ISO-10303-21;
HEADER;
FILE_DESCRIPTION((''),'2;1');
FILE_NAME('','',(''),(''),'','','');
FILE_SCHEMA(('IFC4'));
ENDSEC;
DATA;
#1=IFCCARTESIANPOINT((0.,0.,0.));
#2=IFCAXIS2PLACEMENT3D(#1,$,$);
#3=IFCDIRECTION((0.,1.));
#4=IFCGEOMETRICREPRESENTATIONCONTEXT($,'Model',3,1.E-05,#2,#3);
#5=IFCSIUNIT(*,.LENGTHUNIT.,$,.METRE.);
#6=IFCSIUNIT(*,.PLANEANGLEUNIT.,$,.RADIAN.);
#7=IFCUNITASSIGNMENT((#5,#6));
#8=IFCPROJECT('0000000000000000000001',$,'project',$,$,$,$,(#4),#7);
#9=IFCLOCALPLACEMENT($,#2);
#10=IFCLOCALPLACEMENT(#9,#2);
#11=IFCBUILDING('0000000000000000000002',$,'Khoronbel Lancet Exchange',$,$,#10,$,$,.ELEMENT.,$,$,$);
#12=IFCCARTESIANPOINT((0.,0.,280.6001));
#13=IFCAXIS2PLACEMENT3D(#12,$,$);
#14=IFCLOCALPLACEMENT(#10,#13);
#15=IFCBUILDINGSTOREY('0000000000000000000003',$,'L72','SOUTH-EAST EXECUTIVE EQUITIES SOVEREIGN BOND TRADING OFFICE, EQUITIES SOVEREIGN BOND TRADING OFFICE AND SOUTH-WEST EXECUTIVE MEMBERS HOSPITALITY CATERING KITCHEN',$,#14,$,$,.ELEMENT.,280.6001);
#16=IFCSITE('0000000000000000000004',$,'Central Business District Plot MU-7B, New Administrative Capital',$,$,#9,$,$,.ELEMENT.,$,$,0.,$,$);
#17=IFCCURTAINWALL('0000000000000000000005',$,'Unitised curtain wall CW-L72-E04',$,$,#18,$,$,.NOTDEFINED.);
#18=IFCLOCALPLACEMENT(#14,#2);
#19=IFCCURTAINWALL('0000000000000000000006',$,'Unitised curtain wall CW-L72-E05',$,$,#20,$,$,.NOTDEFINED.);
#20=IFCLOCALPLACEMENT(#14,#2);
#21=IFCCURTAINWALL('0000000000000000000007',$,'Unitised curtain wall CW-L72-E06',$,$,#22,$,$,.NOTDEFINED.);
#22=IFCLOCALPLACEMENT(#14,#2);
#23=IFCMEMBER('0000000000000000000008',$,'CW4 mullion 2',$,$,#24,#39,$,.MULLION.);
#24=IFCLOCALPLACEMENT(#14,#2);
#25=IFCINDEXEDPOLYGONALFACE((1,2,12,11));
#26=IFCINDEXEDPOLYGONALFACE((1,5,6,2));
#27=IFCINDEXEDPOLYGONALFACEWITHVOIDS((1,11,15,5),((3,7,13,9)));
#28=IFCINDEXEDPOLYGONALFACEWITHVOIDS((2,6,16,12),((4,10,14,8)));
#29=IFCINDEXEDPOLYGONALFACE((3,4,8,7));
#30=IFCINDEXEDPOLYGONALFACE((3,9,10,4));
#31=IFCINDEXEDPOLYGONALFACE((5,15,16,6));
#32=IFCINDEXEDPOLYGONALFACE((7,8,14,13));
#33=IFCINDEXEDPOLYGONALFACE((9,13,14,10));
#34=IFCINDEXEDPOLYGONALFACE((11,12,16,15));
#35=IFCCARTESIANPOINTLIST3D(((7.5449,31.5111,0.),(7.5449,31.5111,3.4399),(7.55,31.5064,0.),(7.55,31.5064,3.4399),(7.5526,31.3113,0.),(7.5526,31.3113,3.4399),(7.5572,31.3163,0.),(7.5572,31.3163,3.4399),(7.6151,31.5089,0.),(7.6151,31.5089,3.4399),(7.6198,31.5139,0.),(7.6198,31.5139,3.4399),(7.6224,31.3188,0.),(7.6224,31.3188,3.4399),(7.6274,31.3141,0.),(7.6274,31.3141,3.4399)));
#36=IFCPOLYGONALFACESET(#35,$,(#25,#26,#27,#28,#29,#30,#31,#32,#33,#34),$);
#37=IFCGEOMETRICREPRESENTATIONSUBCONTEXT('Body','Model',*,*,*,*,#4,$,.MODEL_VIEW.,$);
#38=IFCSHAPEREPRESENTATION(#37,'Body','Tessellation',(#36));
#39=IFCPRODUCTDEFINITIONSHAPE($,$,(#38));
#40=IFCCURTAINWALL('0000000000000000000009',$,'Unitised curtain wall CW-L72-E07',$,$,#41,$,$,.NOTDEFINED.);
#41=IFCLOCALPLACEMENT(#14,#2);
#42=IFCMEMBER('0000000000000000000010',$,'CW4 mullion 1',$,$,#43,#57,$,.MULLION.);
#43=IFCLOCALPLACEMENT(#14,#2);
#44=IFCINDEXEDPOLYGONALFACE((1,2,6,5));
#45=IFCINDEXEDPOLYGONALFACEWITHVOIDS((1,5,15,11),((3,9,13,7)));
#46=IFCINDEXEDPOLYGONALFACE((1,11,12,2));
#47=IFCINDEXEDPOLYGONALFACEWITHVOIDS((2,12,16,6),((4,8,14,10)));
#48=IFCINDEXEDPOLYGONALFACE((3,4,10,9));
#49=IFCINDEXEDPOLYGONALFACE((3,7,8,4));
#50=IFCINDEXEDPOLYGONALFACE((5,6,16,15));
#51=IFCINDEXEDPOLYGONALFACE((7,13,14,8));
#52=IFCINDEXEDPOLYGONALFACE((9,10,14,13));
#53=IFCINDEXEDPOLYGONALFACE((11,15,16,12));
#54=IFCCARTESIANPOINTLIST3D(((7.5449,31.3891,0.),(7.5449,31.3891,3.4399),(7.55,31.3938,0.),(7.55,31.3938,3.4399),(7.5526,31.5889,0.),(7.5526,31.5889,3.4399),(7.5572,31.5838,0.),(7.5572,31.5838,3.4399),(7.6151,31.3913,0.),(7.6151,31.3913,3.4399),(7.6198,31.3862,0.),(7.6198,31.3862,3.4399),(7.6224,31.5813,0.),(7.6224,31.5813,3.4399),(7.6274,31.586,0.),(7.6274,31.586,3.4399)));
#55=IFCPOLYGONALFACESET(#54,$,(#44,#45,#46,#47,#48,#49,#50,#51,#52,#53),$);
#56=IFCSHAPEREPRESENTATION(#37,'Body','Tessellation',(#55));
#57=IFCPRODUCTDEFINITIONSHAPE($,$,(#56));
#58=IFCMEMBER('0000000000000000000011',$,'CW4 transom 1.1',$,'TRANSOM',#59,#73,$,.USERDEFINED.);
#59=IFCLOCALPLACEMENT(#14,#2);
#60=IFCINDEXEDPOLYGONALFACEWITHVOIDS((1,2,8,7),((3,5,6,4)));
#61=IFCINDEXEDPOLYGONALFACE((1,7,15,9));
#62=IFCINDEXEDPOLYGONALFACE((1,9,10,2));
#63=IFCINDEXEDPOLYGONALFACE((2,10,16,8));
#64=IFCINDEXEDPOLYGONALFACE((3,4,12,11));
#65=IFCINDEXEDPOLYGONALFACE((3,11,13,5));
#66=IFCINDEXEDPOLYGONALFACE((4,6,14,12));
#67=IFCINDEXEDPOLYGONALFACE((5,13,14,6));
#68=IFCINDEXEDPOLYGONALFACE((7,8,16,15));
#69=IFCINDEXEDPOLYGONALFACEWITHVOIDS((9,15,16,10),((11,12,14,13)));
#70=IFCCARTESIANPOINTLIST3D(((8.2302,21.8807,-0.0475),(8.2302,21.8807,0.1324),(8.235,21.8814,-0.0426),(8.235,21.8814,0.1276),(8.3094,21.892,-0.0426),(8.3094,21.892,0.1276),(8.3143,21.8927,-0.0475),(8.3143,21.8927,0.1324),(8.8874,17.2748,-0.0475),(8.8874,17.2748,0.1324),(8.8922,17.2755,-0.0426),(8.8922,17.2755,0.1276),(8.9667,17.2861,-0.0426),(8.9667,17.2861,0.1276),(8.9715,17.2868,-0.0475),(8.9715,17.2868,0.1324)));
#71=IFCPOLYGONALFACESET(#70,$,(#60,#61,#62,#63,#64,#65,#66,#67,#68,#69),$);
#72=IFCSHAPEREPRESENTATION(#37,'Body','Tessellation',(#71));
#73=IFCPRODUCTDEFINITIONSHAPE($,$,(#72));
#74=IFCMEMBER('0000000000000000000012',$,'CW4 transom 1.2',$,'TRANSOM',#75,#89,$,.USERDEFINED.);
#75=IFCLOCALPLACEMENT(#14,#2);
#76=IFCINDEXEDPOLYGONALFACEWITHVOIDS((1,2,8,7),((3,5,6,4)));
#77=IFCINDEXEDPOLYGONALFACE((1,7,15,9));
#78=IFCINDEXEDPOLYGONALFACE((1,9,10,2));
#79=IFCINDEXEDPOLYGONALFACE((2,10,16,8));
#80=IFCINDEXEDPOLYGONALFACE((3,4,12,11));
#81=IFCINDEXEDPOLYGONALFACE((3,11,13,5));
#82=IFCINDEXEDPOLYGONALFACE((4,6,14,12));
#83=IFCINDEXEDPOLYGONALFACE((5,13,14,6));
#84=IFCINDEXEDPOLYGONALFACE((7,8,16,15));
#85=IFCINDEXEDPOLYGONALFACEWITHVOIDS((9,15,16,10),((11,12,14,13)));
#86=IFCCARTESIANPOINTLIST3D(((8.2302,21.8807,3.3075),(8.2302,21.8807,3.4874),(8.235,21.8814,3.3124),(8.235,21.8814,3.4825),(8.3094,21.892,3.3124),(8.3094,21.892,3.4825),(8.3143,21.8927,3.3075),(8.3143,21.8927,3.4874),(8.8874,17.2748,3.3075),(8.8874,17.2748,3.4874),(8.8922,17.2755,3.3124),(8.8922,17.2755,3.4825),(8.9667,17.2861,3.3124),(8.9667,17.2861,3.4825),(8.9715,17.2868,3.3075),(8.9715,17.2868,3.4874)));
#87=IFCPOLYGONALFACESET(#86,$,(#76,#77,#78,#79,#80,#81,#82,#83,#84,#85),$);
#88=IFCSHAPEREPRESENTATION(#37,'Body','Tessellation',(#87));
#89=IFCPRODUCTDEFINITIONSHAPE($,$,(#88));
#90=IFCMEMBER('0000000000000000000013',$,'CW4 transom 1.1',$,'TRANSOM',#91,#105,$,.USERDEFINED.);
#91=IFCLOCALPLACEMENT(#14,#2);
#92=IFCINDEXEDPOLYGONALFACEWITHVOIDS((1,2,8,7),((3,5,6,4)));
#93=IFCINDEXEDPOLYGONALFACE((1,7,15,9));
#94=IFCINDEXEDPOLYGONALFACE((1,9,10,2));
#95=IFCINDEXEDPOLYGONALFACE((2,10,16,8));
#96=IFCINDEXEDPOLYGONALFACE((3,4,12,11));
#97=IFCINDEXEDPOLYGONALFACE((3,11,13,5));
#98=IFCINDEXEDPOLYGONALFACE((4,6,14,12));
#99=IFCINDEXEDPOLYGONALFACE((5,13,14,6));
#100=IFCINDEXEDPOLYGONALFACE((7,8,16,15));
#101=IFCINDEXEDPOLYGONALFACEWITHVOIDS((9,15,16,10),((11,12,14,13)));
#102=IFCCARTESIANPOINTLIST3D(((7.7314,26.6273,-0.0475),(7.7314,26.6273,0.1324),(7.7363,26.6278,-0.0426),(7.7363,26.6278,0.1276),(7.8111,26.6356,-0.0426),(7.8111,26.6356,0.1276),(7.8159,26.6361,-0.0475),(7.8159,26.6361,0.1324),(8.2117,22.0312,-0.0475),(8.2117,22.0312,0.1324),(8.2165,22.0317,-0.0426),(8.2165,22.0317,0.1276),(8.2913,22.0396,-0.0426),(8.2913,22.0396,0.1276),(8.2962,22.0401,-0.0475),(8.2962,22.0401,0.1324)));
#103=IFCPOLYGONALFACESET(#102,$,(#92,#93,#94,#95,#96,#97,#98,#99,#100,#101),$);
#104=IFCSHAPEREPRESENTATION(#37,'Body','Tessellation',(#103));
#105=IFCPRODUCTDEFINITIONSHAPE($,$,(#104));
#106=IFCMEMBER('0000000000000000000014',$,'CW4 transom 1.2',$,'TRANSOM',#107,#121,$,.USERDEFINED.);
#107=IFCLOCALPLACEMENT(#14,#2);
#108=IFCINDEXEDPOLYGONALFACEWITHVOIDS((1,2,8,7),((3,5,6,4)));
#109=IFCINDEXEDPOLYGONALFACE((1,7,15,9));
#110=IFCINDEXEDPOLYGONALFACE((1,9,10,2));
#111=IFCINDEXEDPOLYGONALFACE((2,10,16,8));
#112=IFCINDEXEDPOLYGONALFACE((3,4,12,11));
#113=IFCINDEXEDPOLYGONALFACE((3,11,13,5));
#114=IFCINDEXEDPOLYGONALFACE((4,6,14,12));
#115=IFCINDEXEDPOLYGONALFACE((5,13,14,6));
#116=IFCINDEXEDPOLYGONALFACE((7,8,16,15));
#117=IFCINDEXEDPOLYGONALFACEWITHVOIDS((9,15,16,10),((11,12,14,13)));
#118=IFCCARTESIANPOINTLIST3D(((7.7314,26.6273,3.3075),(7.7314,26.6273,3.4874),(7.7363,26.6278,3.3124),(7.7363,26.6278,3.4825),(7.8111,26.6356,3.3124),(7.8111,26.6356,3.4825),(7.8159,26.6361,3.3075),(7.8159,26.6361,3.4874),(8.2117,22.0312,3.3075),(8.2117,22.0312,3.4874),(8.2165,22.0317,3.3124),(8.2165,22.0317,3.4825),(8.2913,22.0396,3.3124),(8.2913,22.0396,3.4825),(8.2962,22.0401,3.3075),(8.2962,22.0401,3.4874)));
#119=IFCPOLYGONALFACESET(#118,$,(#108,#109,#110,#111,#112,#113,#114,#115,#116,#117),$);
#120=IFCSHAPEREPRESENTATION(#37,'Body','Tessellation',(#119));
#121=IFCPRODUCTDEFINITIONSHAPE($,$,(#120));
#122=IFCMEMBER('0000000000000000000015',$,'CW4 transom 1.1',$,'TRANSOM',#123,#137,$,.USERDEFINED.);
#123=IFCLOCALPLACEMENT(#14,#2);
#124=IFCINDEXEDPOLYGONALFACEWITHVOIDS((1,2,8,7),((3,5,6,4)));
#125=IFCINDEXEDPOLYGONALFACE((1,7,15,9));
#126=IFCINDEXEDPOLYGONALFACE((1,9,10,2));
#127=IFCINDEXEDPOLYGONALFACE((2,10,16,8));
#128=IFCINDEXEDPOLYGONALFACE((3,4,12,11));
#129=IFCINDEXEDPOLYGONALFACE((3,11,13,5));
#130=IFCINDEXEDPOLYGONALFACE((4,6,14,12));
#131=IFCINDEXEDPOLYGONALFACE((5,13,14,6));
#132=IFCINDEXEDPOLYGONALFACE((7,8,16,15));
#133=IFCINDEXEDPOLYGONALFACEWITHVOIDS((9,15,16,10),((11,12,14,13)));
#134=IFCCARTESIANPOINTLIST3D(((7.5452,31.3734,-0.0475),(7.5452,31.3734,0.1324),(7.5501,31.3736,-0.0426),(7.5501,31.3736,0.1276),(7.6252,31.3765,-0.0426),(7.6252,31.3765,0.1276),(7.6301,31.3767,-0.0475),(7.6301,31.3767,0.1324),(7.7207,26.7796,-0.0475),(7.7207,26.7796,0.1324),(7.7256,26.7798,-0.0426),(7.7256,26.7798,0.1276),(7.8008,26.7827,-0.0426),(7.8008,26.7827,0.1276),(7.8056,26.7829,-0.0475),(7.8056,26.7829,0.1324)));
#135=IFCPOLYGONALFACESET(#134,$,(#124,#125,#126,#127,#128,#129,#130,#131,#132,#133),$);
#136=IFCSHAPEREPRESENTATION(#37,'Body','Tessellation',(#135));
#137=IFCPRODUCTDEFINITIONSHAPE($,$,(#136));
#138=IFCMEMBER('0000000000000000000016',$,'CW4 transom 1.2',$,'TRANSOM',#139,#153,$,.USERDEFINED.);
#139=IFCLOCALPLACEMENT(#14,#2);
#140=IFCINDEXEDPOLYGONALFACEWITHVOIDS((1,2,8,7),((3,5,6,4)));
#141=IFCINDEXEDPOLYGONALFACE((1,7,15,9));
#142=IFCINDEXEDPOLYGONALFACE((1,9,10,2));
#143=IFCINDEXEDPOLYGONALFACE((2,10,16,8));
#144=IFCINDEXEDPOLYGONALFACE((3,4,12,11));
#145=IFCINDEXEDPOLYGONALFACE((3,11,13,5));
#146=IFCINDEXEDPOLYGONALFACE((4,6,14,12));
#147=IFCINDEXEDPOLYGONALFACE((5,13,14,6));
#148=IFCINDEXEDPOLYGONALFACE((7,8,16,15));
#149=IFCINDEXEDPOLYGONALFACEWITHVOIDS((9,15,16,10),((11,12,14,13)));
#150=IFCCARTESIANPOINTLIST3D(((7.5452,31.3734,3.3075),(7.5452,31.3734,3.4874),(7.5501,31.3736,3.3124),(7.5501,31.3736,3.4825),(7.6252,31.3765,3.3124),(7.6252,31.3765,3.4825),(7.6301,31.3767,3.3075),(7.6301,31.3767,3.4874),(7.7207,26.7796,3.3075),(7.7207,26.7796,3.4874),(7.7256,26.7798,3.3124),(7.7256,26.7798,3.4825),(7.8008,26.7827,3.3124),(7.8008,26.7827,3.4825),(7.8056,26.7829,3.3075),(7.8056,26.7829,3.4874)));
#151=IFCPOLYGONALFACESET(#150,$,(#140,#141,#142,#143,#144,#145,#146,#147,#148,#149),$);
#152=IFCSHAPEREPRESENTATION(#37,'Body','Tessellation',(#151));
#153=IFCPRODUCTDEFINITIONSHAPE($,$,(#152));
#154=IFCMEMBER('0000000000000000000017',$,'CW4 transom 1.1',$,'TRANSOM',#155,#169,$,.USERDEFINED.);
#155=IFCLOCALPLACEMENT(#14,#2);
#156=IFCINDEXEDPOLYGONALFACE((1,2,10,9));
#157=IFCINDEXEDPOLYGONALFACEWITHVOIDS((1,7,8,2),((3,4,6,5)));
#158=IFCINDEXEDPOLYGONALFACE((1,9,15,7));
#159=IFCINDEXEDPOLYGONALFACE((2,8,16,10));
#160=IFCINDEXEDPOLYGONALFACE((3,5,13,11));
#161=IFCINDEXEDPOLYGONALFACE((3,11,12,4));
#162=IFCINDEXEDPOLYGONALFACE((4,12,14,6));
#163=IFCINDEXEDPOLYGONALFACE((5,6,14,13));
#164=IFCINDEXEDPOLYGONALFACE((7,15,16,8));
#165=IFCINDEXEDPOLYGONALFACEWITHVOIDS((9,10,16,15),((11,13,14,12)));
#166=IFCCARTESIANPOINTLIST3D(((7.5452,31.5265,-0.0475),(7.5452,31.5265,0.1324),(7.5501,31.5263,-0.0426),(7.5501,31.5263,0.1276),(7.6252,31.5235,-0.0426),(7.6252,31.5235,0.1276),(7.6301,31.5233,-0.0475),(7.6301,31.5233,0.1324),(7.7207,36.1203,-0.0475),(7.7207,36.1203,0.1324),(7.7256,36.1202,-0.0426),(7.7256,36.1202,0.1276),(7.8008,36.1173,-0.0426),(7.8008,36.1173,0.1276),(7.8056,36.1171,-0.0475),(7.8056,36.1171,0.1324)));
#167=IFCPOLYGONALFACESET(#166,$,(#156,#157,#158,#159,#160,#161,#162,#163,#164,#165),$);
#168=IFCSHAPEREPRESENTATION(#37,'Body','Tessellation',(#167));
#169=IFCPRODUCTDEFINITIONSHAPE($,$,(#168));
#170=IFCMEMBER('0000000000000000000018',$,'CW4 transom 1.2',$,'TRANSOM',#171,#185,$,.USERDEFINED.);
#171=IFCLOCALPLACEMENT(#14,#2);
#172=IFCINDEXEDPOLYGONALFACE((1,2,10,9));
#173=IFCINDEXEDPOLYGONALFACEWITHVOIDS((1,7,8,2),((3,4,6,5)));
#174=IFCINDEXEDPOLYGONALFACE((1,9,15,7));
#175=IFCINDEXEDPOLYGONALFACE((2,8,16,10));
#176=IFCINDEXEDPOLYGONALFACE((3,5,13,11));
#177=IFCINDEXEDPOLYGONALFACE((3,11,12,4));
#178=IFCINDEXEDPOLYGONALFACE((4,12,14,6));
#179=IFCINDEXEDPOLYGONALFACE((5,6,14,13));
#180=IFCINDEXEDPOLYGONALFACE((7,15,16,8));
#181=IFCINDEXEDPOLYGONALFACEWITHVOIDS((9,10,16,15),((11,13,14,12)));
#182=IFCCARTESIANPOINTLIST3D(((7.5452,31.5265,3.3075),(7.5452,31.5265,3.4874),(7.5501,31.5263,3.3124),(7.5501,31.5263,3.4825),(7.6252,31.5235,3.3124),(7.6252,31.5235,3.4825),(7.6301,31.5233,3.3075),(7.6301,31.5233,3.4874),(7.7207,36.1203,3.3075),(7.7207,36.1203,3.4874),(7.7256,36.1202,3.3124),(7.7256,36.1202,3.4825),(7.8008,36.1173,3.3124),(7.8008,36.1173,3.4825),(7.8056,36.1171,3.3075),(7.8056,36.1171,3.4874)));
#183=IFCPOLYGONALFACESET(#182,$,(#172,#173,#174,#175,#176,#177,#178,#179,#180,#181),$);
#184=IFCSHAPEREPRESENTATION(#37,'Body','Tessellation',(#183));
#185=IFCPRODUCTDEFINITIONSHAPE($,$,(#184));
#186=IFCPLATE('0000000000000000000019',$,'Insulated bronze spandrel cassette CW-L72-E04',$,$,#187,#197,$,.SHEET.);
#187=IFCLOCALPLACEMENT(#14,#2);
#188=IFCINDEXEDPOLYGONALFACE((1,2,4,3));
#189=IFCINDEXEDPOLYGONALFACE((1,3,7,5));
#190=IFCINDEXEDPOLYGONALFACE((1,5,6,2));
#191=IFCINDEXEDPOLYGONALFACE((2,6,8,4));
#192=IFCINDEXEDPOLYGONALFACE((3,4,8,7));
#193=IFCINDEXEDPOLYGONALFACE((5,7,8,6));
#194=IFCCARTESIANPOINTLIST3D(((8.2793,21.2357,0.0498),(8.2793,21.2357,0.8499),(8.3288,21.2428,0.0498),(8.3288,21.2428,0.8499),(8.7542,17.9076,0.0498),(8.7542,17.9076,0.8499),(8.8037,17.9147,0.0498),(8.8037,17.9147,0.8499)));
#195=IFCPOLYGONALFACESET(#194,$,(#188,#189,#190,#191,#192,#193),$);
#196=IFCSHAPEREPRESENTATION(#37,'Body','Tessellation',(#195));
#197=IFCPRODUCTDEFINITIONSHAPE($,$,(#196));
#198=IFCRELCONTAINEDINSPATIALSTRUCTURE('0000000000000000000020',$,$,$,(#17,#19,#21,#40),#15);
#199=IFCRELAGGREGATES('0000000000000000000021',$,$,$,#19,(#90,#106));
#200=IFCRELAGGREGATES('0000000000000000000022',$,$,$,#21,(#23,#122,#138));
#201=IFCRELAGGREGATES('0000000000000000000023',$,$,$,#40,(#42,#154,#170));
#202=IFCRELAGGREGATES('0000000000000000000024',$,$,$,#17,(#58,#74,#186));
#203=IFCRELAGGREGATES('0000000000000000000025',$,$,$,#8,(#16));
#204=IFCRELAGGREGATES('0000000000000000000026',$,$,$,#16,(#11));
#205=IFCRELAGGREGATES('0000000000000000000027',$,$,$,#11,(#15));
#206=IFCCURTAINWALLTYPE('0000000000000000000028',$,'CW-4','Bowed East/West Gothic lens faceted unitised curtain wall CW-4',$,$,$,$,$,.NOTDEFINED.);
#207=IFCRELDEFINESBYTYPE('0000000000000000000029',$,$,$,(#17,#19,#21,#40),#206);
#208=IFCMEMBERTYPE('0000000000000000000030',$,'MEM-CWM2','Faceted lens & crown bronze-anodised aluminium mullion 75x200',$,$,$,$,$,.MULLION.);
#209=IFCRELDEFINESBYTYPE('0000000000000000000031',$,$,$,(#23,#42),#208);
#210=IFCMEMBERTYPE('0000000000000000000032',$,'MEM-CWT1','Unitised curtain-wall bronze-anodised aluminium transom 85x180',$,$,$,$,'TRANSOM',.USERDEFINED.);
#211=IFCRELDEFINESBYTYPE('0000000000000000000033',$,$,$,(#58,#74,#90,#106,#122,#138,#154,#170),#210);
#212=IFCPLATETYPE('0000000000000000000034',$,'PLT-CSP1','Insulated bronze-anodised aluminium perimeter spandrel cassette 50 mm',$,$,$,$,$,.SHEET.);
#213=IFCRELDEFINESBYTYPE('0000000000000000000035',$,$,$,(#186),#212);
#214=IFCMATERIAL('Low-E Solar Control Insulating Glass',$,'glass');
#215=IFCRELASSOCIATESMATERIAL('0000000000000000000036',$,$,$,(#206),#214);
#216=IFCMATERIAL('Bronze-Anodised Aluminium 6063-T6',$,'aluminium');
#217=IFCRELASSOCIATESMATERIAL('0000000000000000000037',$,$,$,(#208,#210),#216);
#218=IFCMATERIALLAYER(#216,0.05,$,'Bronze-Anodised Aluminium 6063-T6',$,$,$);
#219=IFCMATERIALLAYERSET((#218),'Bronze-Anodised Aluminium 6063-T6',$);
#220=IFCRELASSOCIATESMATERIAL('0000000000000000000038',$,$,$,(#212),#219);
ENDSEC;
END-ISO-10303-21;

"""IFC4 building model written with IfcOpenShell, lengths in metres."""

from ifc_helpers import new_model, si_unit, direction, frame, origin, origin_2d, place, context, subcontext, project, spatial, rectangle, hollow_rectangle, extrude, material, layer, layer_set, material_profile, profile_set, type_object, element, aggregate, save


model = new_model("IFC4")

# Units and contexts
model_context = context("Model", 3, precision=1e-05, world=origin(), true_north=direction((0.0, 1.0)))
body_context = subcontext(model_context, "Body", "Model", "MODEL_VIEW")
ifc_project = project(units=[si_unit("LENGTHUNIT", "METRE"), si_unit("PLANEANGLEUNIT", "RADIAN")], contexts=[model_context])

# Site, building, storey
site_placement = place(None, origin())
site = spatial("IfcSite", under=ifc_project, at=site_placement, Name="Central Business District Plot MU-7B, New Administrative Capital", CompositionType="ELEMENT", RefElevation=0.0)
building_placement = place(site_placement, origin())
building = spatial("IfcBuilding", under=site, at=building_placement, Name="Khoronbel Lancet Exchange", CompositionType="ELEMENT")
storey_placement = place(building_placement, frame((0.0, 0.0, 280.6001)))
storey = spatial("IfcBuildingStorey", under=building, at=storey_placement, Name="L72", Description="SOUTH-EAST EXECUTIVE EQUITIES SOVEREIGN BOND TRADING OFFICE, EQUITIES SOVEREIGN BOND TRADING OFFICE AND SOUTH-WEST EXECUTIVE MEMBERS HOSPITALITY CATERING KITCHEN", CompositionType="ELEMENT", Elevation=280.6001)

# Curtain walls, member
ifc_material_1 = material(Name="Low-E Solar Control Insulating Glass", Category="glass")
curtain_wall_type = type_object("IfcCurtainWallType", Name="CW-4", Description="Bowed East/West Gothic lens faceted unitised curtain wall CW-4", PredefinedType="NOTDEFINED", material=ifc_material_1)
curtain_wall_1_placement = place(storey_placement, origin())
curtain_wall_1 = element("IfcCurtainWall", 1, at=curtain_wall_1_placement, inside=storey, type_object=curtain_wall_type, Name="Unitised curtain wall CW-L72-E04", PredefinedType="NOTDEFINED")
ifc_material_2 = material(Name="Bronze-Anodised Aluminium 6063-T6", Category="aluminium")
ifc_material_profile_1 = material_profile(ifc_material_2, hollow_rectangle(XDim=0.075, YDim=0.2, WallThickness=0.0049, at=origin_2d()), Name="ALU MULLION 75x200")
ifc_profile_set_1 = profile_set([ifc_material_profile_1], Name="Bronze-Anodised Aluminium 6063-T6")
member_type_1 = type_object("IfcMemberType", Name="MEM-CWM2", Description="Faceted lens & crown bronze-anodised aluminium mullion 75x200", PredefinedType="MULLION", material=ifc_profile_set_1)
curtain_wall_2_placement = place(storey_placement, origin())
curtain_wall_2 = element("IfcCurtainWall", 2, at=curtain_wall_2_placement, inside=storey, type_object=curtain_wall_type, Name="Unitised curtain wall CW-L72-E05", PredefinedType="NOTDEFINED")
curtain_wall_3_placement = place(storey_placement, origin())
curtain_wall_3 = element("IfcCurtainWall", 3, at=curtain_wall_3_placement, inside=storey, type_object=curtain_wall_type, Name="Unitised curtain wall CW-L72-E06", PredefinedType="NOTDEFINED")
member_1_placement = place(storey_placement, frame((7.5862, 31.4126, 0.0), z_axis=(0.0, 0.0, 1.0), x_axis=(-0.99927, -0.038192, 0.0)))
member_1 = element("IfcMember", 4, at=member_1_placement, type_object=member_type_1, Name="CW4 mullion 2", PredefinedType="MULLION", context=body_context, shape_type="SweptSolid", body=[
    extrude(hollow_rectangle(XDim=0.075, YDim=0.2, WallThickness=0.0049, at=origin_2d()), origin(), (0.0, 0.0, 1.0), 3.4399),
])

# Curtain wall, member
curtain_wall_4_placement = place(storey_placement, origin())
curtain_wall_4 = element("IfcCurtainWall", 5, at=curtain_wall_4_placement, inside=storey, type_object=curtain_wall_type, Name="Unitised curtain wall CW-L72-E07", PredefinedType="NOTDEFINED")
member_2_placement = place(storey_placement, frame((7.5862, 31.4875, 0.0), z_axis=(0.0, 0.0, 1.0), x_axis=(-0.99927, 0.038192, 0.0)))
member_2 = element("IfcMember", 6, at=member_2_placement, type_object=member_type_1, Name="CW4 mullion 1", PredefinedType="MULLION", context=body_context, shape_type="SweptSolid", body=[
    extrude(hollow_rectangle(XDim=0.075, YDim=0.2, WallThickness=0.0049, at=origin_2d()), origin(), (0.0, 0.0, 1.0), 3.4399),
])

# Members
ifc_material_profile_2 = material_profile(ifc_material_2, hollow_rectangle(XDim=0.085, YDim=0.1799, WallThickness=0.0049, at=origin_2d()), Name="ALU TRANSOM 85x180")
ifc_profile_set_2 = profile_set([ifc_material_profile_2], Name="Bronze-Anodised Aluminium 6063-T6")
member_type_2 = type_object("IfcMemberType", Name="MEM-CWT1", Description="Unitised curtain-wall bronze-anodised aluminium transom 85x180", ElementType="TRANSOM", PredefinedType="USERDEFINED", material=ifc_profile_set_2)
member_3_placement = place(storey_placement, frame((8.9294, 17.2808, 0.0425), z_axis=(-0.14126, 0.989973, 0.0), x_axis=(-0.989973, -0.14126, 0.0)))
member_3 = element("IfcMember", 7, at=member_3_placement, type_object=member_type_2, Name="CW4 transom 1.1", ObjectType="TRANSOM", PredefinedType="USERDEFINED", context=body_context, shape_type="SweptSolid", body=[
    extrude(hollow_rectangle(XDim=0.085, YDim=0.1799, WallThickness=0.0049, at=origin_2d()), origin(), (0.0, 0.0, 1.0), 4.6526),
])
member_4_placement = place(storey_placement, frame((8.9294, 17.2808, 3.3975), z_axis=(-0.14126, 0.989973, 0.0), x_axis=(-0.989973, -0.14126, 0.0)))
member_4 = element("IfcMember", 8, at=member_4_placement, type_object=member_type_2, Name="CW4 transom 1.2", ObjectType="TRANSOM", PredefinedType="USERDEFINED", context=body_context, shape_type="SweptSolid", body=[
    extrude(hollow_rectangle(XDim=0.085, YDim=0.1799, WallThickness=0.0049, at=origin_2d()), origin(), (0.0, 0.0, 1.0), 4.6526),
])
member_5_placement = place(storey_placement, frame((8.2539, 22.0356, 0.0425), z_axis=(-0.103917, 0.994586, 0.0), x_axis=(-0.994586, -0.103917, 0.0)))
member_5 = element("IfcMember", 9, at=member_5_placement, type_object=member_type_2, Name="CW4 transom 1.1", ObjectType="TRANSOM", PredefinedType="USERDEFINED", context=body_context, shape_type="SweptSolid", body=[
    extrude(hollow_rectangle(XDim=0.085, YDim=0.1799, WallThickness=0.0049, at=origin_2d()), origin(), (0.0, 0.0, 1.0), 4.6211),
])
member_6_placement = place(storey_placement, frame((8.2539, 22.0356, 3.3975), z_axis=(-0.103917, 0.994586, 0.0), x_axis=(-0.994586, -0.103917, 0.0)))
member_6 = element("IfcMember", 10, at=member_6_placement, type_object=member_type_2, Name="CW4 transom 1.2", ObjectType="TRANSOM", PredefinedType="USERDEFINED", context=body_context, shape_type="SweptSolid", body=[
    extrude(hollow_rectangle(XDim=0.085, YDim=0.1799, WallThickness=0.0049, at=origin_2d()), origin(), (0.0, 0.0, 1.0), 4.6211),
])
member_7_placement = place(storey_placement, frame((7.7632, 26.7812, 0.0425), z_axis=(-0.038184, 0.999271, 0.0), x_axis=(-0.999271, -0.038184, 0.0)))
member_7 = element("IfcMember", 11, at=member_7_placement, type_object=member_type_2, Name="CW4 transom 1.1", ObjectType="TRANSOM", PredefinedType="USERDEFINED", context=body_context, shape_type="SweptSolid", body=[
    extrude(hollow_rectangle(XDim=0.085, YDim=0.1799, WallThickness=0.0049, at=origin_2d()), origin(), (0.0, 0.0, 1.0), 4.5972),
])
member_8_placement = place(storey_placement, frame((7.7632, 26.7812, 3.3975), z_axis=(-0.038184, 0.999271, 0.0), x_axis=(-0.999271, -0.038184, 0.0)))
member_8 = element("IfcMember", 12, at=member_8_placement, type_object=member_type_2, Name="CW4 transom 1.2", ObjectType="TRANSOM", PredefinedType="USERDEFINED", context=body_context, shape_type="SweptSolid", body=[
    extrude(hollow_rectangle(XDim=0.085, YDim=0.1799, WallThickness=0.0049, at=origin_2d()), origin(), (0.0, 0.0, 1.0), 4.5972),
])
member_9_placement = place(storey_placement, frame((7.5876, 31.5249, 0.0425), z_axis=(0.038184, 0.999271, 0.0), x_axis=(-0.999271, 0.038184, 0.0)))
member_9 = element("IfcMember", 13, at=member_9_placement, type_object=member_type_2, Name="CW4 transom 1.1", ObjectType="TRANSOM", PredefinedType="USERDEFINED", context=body_context, shape_type="SweptSolid", body=[
    extrude(hollow_rectangle(XDim=0.085, YDim=0.1799, WallThickness=0.0049, at=origin_2d()), origin(), (0.0, 0.0, 1.0), 4.5972),
])
member_10_placement = place(storey_placement, frame((7.5876, 31.5249, 3.3975), z_axis=(0.038184, 0.999271, 0.0), x_axis=(-0.999271, 0.038184, 0.0)))
member_10 = element("IfcMember", 14, at=member_10_placement, type_object=member_type_2, Name="CW4 transom 1.2", ObjectType="TRANSOM", PredefinedType="USERDEFINED", context=body_context, shape_type="SweptSolid", body=[
    extrude(hollow_rectangle(XDim=0.085, YDim=0.1799, WallThickness=0.0049, at=origin_2d()), origin(), (0.0, 0.0, 1.0), 4.5972),
])

# Plate
ifc_layer_1 = layer(ifc_material_2, 0.05, Name="Bronze-Anodised Aluminium 6063-T6")
ifc_layer_set_1 = layer_set([ifc_layer_1], Name="Bronze-Anodised Aluminium 6063-T6")
plate_type_1 = type_object("IfcPlateType", Name="PLT-CSP1", Description="Insulated bronze-anodised aluminium perimeter spandrel cassette 50 mm", PredefinedType="SHEET", material=ifc_layer_set_1)
plate_1_placement = place(storey_placement, frame((8.5415, 19.5752, 0.0498), z_axis=(0.0, 0.0, 1.0), x_axis=(-0.141252, 0.989974, 0.0)))
plate_1 = element("IfcPlate", 15, at=plate_1_placement, type_object=plate_type_1, Name="Insulated bronze spandrel cassette CW-L72-E04", PredefinedType="SHEET", context=body_context, shape_type="SweptSolid", body=[
    extrude(rectangle(XDim=3.3618, YDim=0.05, at=origin_2d()), origin(), (0.0, 0.0, 1.0), 0.8),
])
aggregate(curtain_wall_2, [member_5, member_6])
aggregate(curtain_wall_3, [member_1, member_7, member_8])
aggregate(curtain_wall_4, [member_2, member_9, member_10])
aggregate(curtain_wall_1, [member_3, member_4, plate_1])

save(model, "model.ifc")
